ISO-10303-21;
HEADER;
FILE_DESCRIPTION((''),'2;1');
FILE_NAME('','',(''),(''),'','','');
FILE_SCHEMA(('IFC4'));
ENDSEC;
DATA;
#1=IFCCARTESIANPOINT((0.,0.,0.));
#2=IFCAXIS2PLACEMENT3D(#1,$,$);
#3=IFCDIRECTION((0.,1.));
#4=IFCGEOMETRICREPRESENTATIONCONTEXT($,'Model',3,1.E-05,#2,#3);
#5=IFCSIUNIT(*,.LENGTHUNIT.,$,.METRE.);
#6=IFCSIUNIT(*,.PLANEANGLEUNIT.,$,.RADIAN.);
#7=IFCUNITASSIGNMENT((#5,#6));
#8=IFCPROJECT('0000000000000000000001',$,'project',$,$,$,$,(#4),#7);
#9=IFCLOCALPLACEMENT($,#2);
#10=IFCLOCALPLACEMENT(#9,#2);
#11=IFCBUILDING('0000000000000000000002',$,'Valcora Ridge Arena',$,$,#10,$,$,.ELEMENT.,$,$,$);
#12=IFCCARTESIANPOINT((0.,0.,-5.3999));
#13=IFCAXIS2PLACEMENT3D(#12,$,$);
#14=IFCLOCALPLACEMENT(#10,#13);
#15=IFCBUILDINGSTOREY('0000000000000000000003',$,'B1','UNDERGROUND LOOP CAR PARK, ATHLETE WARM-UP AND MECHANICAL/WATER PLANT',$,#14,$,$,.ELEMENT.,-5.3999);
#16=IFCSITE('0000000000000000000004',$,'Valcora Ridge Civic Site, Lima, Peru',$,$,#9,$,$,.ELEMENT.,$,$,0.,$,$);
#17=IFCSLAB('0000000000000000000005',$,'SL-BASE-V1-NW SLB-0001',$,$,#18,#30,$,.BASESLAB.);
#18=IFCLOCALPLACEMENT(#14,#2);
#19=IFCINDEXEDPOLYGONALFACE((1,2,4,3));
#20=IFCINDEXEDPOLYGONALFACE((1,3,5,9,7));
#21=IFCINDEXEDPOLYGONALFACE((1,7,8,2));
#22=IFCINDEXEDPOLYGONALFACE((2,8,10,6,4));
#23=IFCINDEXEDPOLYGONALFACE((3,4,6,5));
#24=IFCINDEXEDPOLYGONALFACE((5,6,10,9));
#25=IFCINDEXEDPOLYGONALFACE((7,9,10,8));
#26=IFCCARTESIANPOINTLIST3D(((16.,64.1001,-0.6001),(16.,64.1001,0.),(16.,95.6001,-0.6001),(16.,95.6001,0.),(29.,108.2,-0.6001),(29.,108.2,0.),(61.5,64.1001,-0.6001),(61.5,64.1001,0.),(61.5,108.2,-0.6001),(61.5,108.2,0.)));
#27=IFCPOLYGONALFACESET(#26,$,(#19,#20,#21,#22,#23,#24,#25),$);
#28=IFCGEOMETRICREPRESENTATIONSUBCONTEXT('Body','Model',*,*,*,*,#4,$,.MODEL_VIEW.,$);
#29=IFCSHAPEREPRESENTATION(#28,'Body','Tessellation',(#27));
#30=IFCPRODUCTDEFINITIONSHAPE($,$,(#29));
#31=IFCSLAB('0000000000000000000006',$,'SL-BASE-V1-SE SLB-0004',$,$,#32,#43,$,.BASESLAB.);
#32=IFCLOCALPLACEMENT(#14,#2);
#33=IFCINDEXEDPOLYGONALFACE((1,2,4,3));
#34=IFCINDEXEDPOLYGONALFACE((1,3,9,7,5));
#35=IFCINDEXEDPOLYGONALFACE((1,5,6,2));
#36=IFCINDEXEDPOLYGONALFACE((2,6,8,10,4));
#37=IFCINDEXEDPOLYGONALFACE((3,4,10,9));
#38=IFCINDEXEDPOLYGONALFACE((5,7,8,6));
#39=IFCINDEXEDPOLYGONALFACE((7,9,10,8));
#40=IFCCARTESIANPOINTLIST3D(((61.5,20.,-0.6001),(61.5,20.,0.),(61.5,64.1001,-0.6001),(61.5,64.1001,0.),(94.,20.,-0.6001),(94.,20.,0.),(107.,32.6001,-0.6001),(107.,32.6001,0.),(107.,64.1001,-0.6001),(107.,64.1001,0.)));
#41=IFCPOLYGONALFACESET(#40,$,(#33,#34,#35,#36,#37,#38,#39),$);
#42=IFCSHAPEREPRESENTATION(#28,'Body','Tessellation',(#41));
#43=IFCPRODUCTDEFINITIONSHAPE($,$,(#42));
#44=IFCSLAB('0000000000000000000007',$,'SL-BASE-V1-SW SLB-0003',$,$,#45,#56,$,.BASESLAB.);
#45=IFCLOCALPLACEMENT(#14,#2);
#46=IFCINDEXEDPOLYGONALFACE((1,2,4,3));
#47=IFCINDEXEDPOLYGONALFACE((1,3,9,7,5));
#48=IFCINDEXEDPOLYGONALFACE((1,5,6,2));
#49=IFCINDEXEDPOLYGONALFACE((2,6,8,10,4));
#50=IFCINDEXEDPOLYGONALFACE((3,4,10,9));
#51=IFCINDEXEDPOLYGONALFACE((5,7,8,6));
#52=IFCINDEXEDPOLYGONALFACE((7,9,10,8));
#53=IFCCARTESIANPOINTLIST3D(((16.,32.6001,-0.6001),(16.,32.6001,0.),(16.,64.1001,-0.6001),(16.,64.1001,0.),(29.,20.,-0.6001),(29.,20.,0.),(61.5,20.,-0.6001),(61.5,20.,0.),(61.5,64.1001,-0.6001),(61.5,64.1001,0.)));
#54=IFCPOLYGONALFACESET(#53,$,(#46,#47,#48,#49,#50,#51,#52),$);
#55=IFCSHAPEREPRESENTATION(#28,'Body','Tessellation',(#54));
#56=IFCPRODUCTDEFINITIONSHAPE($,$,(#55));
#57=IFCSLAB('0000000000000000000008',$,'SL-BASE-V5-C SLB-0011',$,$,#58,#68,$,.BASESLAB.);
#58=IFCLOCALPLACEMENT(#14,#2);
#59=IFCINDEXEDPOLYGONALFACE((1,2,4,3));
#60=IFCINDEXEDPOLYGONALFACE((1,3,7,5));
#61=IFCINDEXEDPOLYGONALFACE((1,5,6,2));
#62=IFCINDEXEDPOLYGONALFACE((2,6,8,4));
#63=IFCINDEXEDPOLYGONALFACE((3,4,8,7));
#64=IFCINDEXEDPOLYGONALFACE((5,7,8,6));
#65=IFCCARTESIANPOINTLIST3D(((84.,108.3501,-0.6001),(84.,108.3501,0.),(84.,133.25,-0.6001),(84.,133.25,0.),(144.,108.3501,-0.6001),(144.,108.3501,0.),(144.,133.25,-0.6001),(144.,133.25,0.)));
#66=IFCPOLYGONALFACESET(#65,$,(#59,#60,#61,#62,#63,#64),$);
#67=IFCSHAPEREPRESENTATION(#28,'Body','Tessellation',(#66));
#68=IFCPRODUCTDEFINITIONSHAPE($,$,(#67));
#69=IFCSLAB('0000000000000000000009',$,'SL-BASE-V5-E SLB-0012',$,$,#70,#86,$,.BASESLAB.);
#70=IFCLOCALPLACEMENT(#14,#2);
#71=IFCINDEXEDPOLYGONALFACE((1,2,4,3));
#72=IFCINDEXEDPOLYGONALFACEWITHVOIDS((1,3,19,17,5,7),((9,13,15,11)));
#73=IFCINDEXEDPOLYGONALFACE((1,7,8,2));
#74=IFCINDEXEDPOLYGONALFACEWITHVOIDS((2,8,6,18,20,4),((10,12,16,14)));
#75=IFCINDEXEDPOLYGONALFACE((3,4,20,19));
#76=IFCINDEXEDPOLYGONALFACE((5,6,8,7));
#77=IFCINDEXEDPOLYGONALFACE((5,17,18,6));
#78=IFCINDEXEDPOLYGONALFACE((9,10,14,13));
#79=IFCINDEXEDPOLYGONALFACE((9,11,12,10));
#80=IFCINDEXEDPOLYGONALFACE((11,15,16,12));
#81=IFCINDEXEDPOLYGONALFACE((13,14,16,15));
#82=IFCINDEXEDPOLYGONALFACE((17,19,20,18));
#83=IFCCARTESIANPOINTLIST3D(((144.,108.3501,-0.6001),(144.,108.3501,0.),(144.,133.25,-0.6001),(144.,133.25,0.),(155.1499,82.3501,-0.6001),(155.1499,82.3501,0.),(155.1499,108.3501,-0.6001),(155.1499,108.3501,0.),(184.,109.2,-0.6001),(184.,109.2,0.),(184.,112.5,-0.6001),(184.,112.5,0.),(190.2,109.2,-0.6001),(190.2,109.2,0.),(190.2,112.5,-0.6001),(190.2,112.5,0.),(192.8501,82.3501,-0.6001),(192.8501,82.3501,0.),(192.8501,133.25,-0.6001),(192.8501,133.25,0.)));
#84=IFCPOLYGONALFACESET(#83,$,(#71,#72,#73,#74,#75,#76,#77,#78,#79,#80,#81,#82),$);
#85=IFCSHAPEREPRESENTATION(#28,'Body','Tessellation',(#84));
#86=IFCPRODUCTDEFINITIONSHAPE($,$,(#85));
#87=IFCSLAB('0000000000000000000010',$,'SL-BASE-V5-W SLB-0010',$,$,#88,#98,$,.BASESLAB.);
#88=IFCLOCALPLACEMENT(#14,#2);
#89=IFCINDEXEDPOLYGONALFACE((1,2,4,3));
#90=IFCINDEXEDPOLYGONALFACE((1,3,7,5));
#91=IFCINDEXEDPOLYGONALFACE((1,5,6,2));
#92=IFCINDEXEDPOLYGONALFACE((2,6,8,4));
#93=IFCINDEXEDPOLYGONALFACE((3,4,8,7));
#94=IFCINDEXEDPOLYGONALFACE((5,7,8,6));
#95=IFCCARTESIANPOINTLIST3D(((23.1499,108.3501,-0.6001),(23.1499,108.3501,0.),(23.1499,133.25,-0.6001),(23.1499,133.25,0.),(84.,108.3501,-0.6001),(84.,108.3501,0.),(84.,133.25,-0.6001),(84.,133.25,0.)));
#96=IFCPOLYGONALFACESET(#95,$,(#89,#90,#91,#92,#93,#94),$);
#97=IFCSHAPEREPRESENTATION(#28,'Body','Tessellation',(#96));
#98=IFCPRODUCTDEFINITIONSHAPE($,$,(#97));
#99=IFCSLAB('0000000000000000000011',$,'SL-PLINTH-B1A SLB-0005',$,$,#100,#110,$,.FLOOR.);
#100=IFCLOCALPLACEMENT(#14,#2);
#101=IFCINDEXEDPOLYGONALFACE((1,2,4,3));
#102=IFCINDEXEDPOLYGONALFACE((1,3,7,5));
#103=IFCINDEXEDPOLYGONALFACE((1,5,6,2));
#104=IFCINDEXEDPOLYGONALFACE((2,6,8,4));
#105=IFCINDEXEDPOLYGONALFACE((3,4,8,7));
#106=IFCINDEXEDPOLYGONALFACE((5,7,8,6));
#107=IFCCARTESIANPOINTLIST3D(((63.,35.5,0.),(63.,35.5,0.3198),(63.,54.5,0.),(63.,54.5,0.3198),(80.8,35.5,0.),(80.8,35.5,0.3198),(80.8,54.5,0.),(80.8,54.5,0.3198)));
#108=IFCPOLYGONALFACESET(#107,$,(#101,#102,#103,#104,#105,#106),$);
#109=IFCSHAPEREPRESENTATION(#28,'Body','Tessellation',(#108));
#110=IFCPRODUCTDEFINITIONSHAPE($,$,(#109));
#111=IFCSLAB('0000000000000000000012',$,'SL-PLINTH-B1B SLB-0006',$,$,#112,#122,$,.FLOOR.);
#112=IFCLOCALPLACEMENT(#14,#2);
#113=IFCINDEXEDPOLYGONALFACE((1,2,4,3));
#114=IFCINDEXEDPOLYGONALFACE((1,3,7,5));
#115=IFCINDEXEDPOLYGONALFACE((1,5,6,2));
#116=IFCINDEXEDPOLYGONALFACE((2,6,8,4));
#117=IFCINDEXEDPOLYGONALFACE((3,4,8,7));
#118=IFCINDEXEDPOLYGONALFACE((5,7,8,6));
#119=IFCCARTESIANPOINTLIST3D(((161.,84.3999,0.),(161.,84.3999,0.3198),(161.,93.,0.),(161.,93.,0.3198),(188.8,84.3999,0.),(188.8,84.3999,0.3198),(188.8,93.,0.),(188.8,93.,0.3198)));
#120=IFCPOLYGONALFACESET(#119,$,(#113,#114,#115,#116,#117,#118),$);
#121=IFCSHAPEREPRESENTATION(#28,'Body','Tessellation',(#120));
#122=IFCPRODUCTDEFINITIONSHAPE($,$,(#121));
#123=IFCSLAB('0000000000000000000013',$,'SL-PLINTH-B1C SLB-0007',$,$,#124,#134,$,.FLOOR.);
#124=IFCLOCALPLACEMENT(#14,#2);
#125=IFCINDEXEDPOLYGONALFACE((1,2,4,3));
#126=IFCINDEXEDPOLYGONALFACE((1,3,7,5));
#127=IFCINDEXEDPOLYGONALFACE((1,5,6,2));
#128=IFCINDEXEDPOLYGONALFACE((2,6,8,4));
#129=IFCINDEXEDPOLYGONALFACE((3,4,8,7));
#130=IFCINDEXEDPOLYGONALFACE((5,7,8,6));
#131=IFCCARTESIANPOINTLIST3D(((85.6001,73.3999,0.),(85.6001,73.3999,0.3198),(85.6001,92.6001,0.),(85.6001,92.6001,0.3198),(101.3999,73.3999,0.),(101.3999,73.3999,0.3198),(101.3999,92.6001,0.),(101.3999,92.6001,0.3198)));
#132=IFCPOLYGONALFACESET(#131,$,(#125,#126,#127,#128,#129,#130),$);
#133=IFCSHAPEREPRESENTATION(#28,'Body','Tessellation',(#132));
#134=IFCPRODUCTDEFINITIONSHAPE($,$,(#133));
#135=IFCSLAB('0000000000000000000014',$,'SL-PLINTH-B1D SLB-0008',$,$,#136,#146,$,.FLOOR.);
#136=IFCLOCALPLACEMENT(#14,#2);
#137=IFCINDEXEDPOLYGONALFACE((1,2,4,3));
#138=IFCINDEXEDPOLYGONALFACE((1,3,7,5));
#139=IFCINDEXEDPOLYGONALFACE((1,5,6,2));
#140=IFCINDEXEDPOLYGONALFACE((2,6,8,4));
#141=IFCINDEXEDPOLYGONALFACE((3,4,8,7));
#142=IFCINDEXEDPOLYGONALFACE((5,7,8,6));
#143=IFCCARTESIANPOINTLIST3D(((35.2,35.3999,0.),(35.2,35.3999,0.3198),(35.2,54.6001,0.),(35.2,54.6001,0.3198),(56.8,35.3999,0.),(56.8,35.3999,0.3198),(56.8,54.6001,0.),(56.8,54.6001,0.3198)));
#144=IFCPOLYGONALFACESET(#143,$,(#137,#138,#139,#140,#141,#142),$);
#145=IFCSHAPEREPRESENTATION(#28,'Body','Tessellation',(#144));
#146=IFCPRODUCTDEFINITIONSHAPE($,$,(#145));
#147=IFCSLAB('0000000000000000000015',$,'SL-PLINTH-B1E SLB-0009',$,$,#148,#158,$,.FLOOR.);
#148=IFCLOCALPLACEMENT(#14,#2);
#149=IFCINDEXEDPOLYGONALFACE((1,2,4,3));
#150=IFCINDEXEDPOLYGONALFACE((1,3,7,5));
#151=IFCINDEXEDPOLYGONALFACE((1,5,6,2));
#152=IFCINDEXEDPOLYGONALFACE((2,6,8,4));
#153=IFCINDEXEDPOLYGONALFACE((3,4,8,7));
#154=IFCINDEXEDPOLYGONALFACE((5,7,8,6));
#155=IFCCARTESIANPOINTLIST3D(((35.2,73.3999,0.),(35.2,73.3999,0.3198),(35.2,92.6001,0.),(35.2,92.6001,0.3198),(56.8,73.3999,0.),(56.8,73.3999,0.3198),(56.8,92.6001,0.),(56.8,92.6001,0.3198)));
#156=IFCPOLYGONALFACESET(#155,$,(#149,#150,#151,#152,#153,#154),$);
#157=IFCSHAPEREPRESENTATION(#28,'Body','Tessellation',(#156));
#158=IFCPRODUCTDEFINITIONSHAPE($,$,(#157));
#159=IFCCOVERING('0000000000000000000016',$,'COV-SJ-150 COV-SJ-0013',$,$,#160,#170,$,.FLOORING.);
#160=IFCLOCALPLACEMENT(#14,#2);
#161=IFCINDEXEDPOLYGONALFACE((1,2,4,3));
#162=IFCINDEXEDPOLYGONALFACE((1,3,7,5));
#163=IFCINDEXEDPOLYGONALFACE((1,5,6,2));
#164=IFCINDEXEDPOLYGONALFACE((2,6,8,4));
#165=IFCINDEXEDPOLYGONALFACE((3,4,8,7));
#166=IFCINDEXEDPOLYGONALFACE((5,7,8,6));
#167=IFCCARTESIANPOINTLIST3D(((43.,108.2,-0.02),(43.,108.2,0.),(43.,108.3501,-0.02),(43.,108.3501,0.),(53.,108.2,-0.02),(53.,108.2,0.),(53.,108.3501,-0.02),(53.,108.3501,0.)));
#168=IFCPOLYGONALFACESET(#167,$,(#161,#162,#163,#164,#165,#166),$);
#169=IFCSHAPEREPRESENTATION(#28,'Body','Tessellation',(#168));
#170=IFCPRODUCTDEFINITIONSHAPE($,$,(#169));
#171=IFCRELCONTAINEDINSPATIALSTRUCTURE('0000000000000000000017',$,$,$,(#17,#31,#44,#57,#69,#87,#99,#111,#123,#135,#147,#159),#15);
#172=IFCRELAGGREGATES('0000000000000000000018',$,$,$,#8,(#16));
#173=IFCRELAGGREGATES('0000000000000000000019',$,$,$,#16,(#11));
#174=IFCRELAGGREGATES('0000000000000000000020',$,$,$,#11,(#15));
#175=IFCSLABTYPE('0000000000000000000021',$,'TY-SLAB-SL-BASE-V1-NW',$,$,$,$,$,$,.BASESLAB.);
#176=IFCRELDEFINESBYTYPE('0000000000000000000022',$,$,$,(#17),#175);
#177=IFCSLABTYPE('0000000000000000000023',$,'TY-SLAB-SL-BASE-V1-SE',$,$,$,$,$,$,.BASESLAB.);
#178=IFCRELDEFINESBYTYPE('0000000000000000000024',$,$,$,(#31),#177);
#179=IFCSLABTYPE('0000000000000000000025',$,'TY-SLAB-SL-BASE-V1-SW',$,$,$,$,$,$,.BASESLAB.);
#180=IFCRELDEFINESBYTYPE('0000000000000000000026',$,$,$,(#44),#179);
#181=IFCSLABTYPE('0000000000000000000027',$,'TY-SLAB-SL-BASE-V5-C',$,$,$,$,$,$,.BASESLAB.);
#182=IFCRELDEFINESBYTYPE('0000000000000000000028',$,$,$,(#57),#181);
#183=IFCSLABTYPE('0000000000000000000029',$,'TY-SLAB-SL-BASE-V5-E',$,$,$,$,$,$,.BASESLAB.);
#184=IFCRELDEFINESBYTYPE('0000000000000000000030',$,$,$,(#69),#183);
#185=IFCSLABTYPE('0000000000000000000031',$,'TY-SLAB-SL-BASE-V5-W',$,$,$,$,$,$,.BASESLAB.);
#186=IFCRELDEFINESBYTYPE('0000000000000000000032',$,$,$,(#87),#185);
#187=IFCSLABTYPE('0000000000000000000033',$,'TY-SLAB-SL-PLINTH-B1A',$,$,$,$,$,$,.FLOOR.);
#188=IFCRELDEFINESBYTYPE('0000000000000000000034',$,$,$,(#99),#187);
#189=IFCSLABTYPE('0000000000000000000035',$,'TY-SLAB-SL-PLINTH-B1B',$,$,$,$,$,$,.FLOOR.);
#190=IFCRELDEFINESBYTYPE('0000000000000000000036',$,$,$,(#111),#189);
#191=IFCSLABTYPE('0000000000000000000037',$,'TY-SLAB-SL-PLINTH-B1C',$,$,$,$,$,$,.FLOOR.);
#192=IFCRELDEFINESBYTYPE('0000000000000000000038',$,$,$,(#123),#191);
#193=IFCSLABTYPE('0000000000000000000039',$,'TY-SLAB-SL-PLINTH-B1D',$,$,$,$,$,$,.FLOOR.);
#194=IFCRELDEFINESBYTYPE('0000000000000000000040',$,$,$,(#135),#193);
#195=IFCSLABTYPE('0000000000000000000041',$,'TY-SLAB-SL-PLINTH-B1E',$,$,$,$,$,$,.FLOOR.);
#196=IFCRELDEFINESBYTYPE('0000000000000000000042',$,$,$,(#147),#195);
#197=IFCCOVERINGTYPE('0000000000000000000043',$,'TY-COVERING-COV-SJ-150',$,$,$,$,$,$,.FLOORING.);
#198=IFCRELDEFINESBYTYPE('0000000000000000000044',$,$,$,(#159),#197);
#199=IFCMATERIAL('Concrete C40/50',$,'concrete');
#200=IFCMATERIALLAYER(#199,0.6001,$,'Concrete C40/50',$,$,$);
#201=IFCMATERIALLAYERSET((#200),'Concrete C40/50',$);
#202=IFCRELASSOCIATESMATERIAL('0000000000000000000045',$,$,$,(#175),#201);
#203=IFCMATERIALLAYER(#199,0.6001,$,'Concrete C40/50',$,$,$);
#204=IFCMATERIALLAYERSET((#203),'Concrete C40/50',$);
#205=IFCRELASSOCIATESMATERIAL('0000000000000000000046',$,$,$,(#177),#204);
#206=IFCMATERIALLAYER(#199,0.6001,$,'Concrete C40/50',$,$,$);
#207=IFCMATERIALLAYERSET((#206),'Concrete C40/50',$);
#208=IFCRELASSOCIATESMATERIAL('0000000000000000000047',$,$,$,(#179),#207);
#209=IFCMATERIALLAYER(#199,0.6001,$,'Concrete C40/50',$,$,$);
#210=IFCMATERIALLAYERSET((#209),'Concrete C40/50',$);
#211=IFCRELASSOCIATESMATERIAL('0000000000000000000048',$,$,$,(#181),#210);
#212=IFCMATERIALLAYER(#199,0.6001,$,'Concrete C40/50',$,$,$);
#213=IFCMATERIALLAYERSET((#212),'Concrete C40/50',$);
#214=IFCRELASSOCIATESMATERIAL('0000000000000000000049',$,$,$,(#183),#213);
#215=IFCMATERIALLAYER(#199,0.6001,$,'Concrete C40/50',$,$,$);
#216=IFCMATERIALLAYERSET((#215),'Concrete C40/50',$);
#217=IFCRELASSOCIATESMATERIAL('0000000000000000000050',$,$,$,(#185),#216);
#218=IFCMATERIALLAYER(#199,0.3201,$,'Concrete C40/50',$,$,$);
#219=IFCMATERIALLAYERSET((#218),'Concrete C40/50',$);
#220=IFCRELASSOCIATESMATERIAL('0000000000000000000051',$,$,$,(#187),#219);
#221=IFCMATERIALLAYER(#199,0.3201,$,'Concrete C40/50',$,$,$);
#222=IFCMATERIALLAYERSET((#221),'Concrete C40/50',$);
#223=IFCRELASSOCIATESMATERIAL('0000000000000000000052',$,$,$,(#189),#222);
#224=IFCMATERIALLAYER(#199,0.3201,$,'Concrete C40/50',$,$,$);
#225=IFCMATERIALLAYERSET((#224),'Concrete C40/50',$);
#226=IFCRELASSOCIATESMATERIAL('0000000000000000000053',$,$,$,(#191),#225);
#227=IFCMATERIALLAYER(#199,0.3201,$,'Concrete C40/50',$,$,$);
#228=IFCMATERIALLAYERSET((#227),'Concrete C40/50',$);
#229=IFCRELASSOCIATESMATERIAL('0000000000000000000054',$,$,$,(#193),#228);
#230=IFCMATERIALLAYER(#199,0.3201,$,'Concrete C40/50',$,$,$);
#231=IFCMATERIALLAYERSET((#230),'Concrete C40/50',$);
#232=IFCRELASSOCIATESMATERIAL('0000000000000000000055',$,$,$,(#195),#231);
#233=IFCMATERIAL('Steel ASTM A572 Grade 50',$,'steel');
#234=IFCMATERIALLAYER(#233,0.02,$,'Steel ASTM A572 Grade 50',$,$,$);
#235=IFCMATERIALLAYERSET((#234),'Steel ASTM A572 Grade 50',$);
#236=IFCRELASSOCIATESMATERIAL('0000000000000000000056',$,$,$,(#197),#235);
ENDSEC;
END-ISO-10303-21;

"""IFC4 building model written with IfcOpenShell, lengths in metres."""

from ifc_helpers import new_model, si_unit, direction, frame, origin, place, context, subcontext, project, spatial, polyline, outline, extrude, material, layer, layer_set, type_object, element, save


model = new_model("IFC4")

# Units and contexts
model_context = context("Model", 3, precision=1e-05, world=origin(), true_north=direction((0.0, 1.0)))
body_context = subcontext(model_context, "Body", "Model", "MODEL_VIEW")
ifc_project = project(units=[si_unit("LENGTHUNIT", "METRE"), si_unit("PLANEANGLEUNIT", "RADIAN")], contexts=[model_context])

# Site, building, storey
site_placement = place(None, origin())
site = spatial("IfcSite", under=ifc_project, at=site_placement, Name="Valcora Ridge Civic Site, Lima, Peru", CompositionType="ELEMENT", RefElevation=0.0)
building_placement = place(site_placement, origin())
building = spatial("IfcBuilding", under=site, at=building_placement, Name="Valcora Ridge Arena", CompositionType="ELEMENT")
storey_placement = place(building_placement, frame((0.0, 0.0, -5.3999)))
storey = spatial("IfcBuildingStorey", under=building, at=storey_placement, Name="B1", Description="UNDERGROUND LOOP CAR PARK, ATHLETE WARM-UP AND MECHANICAL/WATER PLANT", CompositionType="ELEMENT", Elevation=-5.3999)

# Shared definitions
ifc_material_1 = material(Name="Concrete C40/50", Category="concrete")

# Slabs
ifc_layer_1 = layer(ifc_material_1, 0.6001, Name="Concrete C40/50")
ifc_layer_set_1 = layer_set([ifc_layer_1], Name="Concrete C40/50")
slab_type_1 = type_object("IfcSlabType", Name="TY-SLAB-SL-BASE-V1-NW", PredefinedType="BASESLAB", material=ifc_layer_set_1)
slab_1_placement = place(storey_placement, frame((0.0, 0.0, -0.6001)))
element("IfcSlab", 1, at=slab_1_placement, inside=storey, type_object=slab_type_1, Name="SL-BASE-V1-NW SLB-0001", PredefinedType="BASESLAB", context=body_context, shape_type="SweptSolid", body=[
    extrude(outline(polyline([(16.0, 95.6001), (16.0, 64.1001), (61.5, 64.1001), (61.5, 108.2), (29.0, 108.2), (16.0, 95.6001)])), origin(), (0.0, 0.0, 1.0), 0.6001),
])
ifc_layer_2 = layer(ifc_material_1, 0.6001, Name="Concrete C40/50")
ifc_layer_set_2 = layer_set([ifc_layer_2], Name="Concrete C40/50")
slab_type_2 = type_object("IfcSlabType", Name="TY-SLAB-SL-BASE-V1-SE", PredefinedType="BASESLAB", material=ifc_layer_set_2)
slab_2_placement = place(storey_placement, frame((0.0, 0.0, -0.6001)))
element("IfcSlab", 2, at=slab_2_placement, inside=storey, type_object=slab_type_2, Name="SL-BASE-V1-SE SLB-0004", PredefinedType="BASESLAB", context=body_context, shape_type="SweptSolid", body=[
    extrude(outline(polyline([(107.0, 32.6001), (107.0, 64.1001), (61.5, 64.1001), (61.5, 20.0), (94.0, 20.0), (107.0, 32.6001)])), origin(), (0.0, 0.0, 1.0), 0.6001),
])
ifc_layer_3 = layer(ifc_material_1, 0.6001, Name="Concrete C40/50")
ifc_layer_set_3 = layer_set([ifc_layer_3], Name="Concrete C40/50")
slab_type_3 = type_object("IfcSlabType", Name="TY-SLAB-SL-BASE-V1-SW", PredefinedType="BASESLAB", material=ifc_layer_set_3)
slab_3_placement = place(storey_placement, frame((0.0, 0.0, -0.6001)))
element("IfcSlab", 3, at=slab_3_placement, inside=storey, type_object=slab_type_3, Name="SL-BASE-V1-SW SLB-0003", PredefinedType="BASESLAB", context=body_context, shape_type="SweptSolid", body=[
    extrude(outline(polyline([(16.0, 32.6001), (29.0, 20.0), (61.5, 20.0), (61.5, 64.1001), (16.0, 64.1001), (16.0, 32.6001)])), origin(), (0.0, 0.0, 1.0), 0.6001),
])
ifc_layer_4 = layer(ifc_material_1, 0.6001, Name="Concrete C40/50")
ifc_layer_set_4 = layer_set([ifc_layer_4], Name="Concrete C40/50")
slab_type_4 = type_object("IfcSlabType", Name="TY-SLAB-SL-BASE-V5-C", PredefinedType="BASESLAB", material=ifc_layer_set_4)
slab_4_placement = place(storey_placement, frame((0.0, 0.0, -0.6001)))
element("IfcSlab", 4, at=slab_4_placement, inside=storey, type_object=slab_type_4, Name="SL-BASE-V5-C SLB-0011", PredefinedType="BASESLAB", context=body_context, shape_type="SweptSolid", body=[
    extrude(outline(polyline([(84.0, 108.3501), (144.0, 108.3501), (144.0, 133.25), (84.0, 133.25), (84.0, 108.3501)])), origin(), (0.0, 0.0, 1.0), 0.6001),
])
ifc_layer_5 = layer(ifc_material_1, 0.6001, Name="Concrete C40/50")
ifc_layer_set_5 = layer_set([ifc_layer_5], Name="Concrete C40/50")
slab_type_5 = type_object("IfcSlabType", Name="TY-SLAB-SL-BASE-V5-E", PredefinedType="BASESLAB", material=ifc_layer_set_5)
slab_5_placement = place(storey_placement, frame((0.0, 0.0, -0.6001)))
element("IfcSlab", 5, at=slab_5_placement, inside=storey, type_object=slab_type_5, Name="SL-BASE-V5-E SLB-0012", PredefinedType="BASESLAB", context=body_context, shape_type="SweptSolid", body=[
    extrude(outline(polyline([(155.1499, 82.3501), (192.8501, 82.3501), (192.8501, 133.25), (144.0, 133.25), (144.0, 108.3501), (155.1499, 108.3501), (155.1499, 82.3501)]), holes=[polyline([(190.2, 112.5), (184.0, 112.5), (184.0, 109.2), (190.2, 109.2), (190.2, 112.5)])]), origin(), (0.0, 0.0, 1.0), 0.6001),
])
ifc_layer_6 = layer(ifc_material_1, 0.6001, Name="Concrete C40/50")
ifc_layer_set_6 = layer_set([ifc_layer_6], Name="Concrete C40/50")
slab_type_6 = type_object("IfcSlabType", Name="TY-SLAB-SL-BASE-V5-W", PredefinedType="BASESLAB", material=ifc_layer_set_6)
slab_6_placement = place(storey_placement, frame((0.0, 0.0, -0.6001)))
element("IfcSlab", 6, at=slab_6_placement, inside=storey, type_object=slab_type_6, Name="SL-BASE-V5-W SLB-0010", PredefinedType="BASESLAB", context=body_context, shape_type="SweptSolid", body=[
    extrude(outline(polyline([(23.1499, 108.3501), (84.0, 108.3501), (84.0, 133.25), (23.1499, 133.25), (23.1499, 108.3501)])), origin(), (0.0, 0.0, 1.0), 0.6001),
])
ifc_layer_7 = layer(ifc_material_1, 0.3201, Name="Concrete C40/50")
ifc_layer_set_7 = layer_set([ifc_layer_7], Name="Concrete C40/50")
slab_type_7 = type_object("IfcSlabType", Name="TY-SLAB-SL-PLINTH-B1A", PredefinedType="FLOOR", material=ifc_layer_set_7)
slab_7_placement = place(storey_placement, origin())
element("IfcSlab", 7, at=slab_7_placement, inside=storey, type_object=slab_type_7, Name="SL-PLINTH-B1A SLB-0005", PredefinedType="FLOOR", context=body_context, shape_type="SweptSolid", body=[
    extrude(outline(polyline([(63.0, 35.5), (80.8, 35.5), (80.8, 54.5), (63.0, 54.5), (63.0, 35.5)])), origin(), (0.0, 0.0, 1.0), 0.3198),
])
ifc_layer_8 = layer(ifc_material_1, 0.3201, Name="Concrete C40/50")
ifc_layer_set_8 = layer_set([ifc_layer_8], Name="Concrete C40/50")
slab_type_8 = type_object("IfcSlabType", Name="TY-SLAB-SL-PLINTH-B1B", PredefinedType="FLOOR", material=ifc_layer_set_8)
slab_8_placement = place(storey_placement, origin())
element("IfcSlab", 8, at=slab_8_placement, inside=storey, type_object=slab_type_8, Name="SL-PLINTH-B1B SLB-0006", PredefinedType="FLOOR", context=body_context, shape_type="SweptSolid", body=[
    extrude(outline(polyline([(161.0, 84.3999), (188.8, 84.3999), (188.8, 93.0), (161.0, 93.0), (161.0, 84.3999)])), origin(), (0.0, 0.0, 1.0), 0.3198),
])
ifc_layer_9 = layer(ifc_material_1, 0.3201, Name="Concrete C40/50")
ifc_layer_set_9 = layer_set([ifc_layer_9], Name="Concrete C40/50")
slab_type_9 = type_object("IfcSlabType", Name="TY-SLAB-SL-PLINTH-B1C", PredefinedType="FLOOR", material=ifc_layer_set_9)
slab_9_placement = place(storey_placement, origin())
element("IfcSlab", 9, at=slab_9_placement, inside=storey, type_object=slab_type_9, Name="SL-PLINTH-B1C SLB-0007", PredefinedType="FLOOR", context=body_context, shape_type="SweptSolid", body=[
    extrude(outline(polyline([(85.6001, 73.3999), (101.3999, 73.3999), (101.3999, 92.6001), (85.6001, 92.6001), (85.6001, 73.3999)])), origin(), (0.0, 0.0, 1.0), 0.3198),
])
ifc_layer_10 = layer(ifc_material_1, 0.3201, Name="Concrete C40/50")
ifc_layer_set_10 = layer_set([ifc_layer_10], Name="Concrete C40/50")
slab_type_10 = type_object("IfcSlabType", Name="TY-SLAB-SL-PLINTH-B1D", PredefinedType="FLOOR", material=ifc_layer_set_10)
slab_10_placement = place(storey_placement, origin())
element("IfcSlab", 10, at=slab_10_placement, inside=storey, type_object=slab_type_10, Name="SL-PLINTH-B1D SLB-0008", PredefinedType="FLOOR", context=body_context, shape_type="SweptSolid", body=[
    extrude(outline(polyline([(35.2, 35.3999), (56.8, 35.3999), (56.8, 54.6001), (35.2, 54.6001), (35.2, 35.3999)])), origin(), (0.0, 0.0, 1.0), 0.3198),
])
ifc_layer_11 = layer(ifc_material_1, 0.3201, Name="Concrete C40/50")
ifc_layer_set_11 = layer_set([ifc_layer_11], Name="Concrete C40/50")
slab_type_11 = type_object("IfcSlabType", Name="TY-SLAB-SL-PLINTH-B1E", PredefinedType="FLOOR", material=ifc_layer_set_11)
slab_11_placement = place(storey_placement, origin())
element("IfcSlab", 11, at=slab_11_placement, inside=storey, type_object=slab_type_11, Name="SL-PLINTH-B1E SLB-0009", PredefinedType="FLOOR", context=body_context, shape_type="SweptSolid", body=[
    extrude(outline(polyline([(35.2, 73.3999), (56.8, 73.3999), (56.8, 92.6001), (35.2, 92.6001), (35.2, 73.3999)])), origin(), (0.0, 0.0, 1.0), 0.3198),
])

# Covering
ifc_material_2 = material(Name="Steel ASTM A572 Grade 50", Category="steel")
ifc_layer_12 = layer(ifc_material_2, 0.02, Name="Steel ASTM A572 Grade 50")
ifc_layer_set_12 = layer_set([ifc_layer_12], Name="Steel ASTM A572 Grade 50")
covering_type = type_object("IfcCoveringType", Name="TY-COVERING-COV-SJ-150", PredefinedType="FLOORING", material=ifc_layer_set_12)
covering_1_placement = place(storey_placement, frame((0.0, 0.0, -0.02)))
element("IfcCovering", 12, at=covering_1_placement, inside=storey, type_object=covering_type, Name="COV-SJ-150 COV-SJ-0013", PredefinedType="FLOORING", context=body_context, shape_type="SweptSolid", body=[
    extrude(outline(polyline([(43.0, 108.2), (53.0, 108.2), (53.0, 108.3501), (43.0, 108.3501), (43.0, 108.2)])), origin(), (0.0, 0.0, 1.0), 0.02),
])

save(model, "model.ifc")
